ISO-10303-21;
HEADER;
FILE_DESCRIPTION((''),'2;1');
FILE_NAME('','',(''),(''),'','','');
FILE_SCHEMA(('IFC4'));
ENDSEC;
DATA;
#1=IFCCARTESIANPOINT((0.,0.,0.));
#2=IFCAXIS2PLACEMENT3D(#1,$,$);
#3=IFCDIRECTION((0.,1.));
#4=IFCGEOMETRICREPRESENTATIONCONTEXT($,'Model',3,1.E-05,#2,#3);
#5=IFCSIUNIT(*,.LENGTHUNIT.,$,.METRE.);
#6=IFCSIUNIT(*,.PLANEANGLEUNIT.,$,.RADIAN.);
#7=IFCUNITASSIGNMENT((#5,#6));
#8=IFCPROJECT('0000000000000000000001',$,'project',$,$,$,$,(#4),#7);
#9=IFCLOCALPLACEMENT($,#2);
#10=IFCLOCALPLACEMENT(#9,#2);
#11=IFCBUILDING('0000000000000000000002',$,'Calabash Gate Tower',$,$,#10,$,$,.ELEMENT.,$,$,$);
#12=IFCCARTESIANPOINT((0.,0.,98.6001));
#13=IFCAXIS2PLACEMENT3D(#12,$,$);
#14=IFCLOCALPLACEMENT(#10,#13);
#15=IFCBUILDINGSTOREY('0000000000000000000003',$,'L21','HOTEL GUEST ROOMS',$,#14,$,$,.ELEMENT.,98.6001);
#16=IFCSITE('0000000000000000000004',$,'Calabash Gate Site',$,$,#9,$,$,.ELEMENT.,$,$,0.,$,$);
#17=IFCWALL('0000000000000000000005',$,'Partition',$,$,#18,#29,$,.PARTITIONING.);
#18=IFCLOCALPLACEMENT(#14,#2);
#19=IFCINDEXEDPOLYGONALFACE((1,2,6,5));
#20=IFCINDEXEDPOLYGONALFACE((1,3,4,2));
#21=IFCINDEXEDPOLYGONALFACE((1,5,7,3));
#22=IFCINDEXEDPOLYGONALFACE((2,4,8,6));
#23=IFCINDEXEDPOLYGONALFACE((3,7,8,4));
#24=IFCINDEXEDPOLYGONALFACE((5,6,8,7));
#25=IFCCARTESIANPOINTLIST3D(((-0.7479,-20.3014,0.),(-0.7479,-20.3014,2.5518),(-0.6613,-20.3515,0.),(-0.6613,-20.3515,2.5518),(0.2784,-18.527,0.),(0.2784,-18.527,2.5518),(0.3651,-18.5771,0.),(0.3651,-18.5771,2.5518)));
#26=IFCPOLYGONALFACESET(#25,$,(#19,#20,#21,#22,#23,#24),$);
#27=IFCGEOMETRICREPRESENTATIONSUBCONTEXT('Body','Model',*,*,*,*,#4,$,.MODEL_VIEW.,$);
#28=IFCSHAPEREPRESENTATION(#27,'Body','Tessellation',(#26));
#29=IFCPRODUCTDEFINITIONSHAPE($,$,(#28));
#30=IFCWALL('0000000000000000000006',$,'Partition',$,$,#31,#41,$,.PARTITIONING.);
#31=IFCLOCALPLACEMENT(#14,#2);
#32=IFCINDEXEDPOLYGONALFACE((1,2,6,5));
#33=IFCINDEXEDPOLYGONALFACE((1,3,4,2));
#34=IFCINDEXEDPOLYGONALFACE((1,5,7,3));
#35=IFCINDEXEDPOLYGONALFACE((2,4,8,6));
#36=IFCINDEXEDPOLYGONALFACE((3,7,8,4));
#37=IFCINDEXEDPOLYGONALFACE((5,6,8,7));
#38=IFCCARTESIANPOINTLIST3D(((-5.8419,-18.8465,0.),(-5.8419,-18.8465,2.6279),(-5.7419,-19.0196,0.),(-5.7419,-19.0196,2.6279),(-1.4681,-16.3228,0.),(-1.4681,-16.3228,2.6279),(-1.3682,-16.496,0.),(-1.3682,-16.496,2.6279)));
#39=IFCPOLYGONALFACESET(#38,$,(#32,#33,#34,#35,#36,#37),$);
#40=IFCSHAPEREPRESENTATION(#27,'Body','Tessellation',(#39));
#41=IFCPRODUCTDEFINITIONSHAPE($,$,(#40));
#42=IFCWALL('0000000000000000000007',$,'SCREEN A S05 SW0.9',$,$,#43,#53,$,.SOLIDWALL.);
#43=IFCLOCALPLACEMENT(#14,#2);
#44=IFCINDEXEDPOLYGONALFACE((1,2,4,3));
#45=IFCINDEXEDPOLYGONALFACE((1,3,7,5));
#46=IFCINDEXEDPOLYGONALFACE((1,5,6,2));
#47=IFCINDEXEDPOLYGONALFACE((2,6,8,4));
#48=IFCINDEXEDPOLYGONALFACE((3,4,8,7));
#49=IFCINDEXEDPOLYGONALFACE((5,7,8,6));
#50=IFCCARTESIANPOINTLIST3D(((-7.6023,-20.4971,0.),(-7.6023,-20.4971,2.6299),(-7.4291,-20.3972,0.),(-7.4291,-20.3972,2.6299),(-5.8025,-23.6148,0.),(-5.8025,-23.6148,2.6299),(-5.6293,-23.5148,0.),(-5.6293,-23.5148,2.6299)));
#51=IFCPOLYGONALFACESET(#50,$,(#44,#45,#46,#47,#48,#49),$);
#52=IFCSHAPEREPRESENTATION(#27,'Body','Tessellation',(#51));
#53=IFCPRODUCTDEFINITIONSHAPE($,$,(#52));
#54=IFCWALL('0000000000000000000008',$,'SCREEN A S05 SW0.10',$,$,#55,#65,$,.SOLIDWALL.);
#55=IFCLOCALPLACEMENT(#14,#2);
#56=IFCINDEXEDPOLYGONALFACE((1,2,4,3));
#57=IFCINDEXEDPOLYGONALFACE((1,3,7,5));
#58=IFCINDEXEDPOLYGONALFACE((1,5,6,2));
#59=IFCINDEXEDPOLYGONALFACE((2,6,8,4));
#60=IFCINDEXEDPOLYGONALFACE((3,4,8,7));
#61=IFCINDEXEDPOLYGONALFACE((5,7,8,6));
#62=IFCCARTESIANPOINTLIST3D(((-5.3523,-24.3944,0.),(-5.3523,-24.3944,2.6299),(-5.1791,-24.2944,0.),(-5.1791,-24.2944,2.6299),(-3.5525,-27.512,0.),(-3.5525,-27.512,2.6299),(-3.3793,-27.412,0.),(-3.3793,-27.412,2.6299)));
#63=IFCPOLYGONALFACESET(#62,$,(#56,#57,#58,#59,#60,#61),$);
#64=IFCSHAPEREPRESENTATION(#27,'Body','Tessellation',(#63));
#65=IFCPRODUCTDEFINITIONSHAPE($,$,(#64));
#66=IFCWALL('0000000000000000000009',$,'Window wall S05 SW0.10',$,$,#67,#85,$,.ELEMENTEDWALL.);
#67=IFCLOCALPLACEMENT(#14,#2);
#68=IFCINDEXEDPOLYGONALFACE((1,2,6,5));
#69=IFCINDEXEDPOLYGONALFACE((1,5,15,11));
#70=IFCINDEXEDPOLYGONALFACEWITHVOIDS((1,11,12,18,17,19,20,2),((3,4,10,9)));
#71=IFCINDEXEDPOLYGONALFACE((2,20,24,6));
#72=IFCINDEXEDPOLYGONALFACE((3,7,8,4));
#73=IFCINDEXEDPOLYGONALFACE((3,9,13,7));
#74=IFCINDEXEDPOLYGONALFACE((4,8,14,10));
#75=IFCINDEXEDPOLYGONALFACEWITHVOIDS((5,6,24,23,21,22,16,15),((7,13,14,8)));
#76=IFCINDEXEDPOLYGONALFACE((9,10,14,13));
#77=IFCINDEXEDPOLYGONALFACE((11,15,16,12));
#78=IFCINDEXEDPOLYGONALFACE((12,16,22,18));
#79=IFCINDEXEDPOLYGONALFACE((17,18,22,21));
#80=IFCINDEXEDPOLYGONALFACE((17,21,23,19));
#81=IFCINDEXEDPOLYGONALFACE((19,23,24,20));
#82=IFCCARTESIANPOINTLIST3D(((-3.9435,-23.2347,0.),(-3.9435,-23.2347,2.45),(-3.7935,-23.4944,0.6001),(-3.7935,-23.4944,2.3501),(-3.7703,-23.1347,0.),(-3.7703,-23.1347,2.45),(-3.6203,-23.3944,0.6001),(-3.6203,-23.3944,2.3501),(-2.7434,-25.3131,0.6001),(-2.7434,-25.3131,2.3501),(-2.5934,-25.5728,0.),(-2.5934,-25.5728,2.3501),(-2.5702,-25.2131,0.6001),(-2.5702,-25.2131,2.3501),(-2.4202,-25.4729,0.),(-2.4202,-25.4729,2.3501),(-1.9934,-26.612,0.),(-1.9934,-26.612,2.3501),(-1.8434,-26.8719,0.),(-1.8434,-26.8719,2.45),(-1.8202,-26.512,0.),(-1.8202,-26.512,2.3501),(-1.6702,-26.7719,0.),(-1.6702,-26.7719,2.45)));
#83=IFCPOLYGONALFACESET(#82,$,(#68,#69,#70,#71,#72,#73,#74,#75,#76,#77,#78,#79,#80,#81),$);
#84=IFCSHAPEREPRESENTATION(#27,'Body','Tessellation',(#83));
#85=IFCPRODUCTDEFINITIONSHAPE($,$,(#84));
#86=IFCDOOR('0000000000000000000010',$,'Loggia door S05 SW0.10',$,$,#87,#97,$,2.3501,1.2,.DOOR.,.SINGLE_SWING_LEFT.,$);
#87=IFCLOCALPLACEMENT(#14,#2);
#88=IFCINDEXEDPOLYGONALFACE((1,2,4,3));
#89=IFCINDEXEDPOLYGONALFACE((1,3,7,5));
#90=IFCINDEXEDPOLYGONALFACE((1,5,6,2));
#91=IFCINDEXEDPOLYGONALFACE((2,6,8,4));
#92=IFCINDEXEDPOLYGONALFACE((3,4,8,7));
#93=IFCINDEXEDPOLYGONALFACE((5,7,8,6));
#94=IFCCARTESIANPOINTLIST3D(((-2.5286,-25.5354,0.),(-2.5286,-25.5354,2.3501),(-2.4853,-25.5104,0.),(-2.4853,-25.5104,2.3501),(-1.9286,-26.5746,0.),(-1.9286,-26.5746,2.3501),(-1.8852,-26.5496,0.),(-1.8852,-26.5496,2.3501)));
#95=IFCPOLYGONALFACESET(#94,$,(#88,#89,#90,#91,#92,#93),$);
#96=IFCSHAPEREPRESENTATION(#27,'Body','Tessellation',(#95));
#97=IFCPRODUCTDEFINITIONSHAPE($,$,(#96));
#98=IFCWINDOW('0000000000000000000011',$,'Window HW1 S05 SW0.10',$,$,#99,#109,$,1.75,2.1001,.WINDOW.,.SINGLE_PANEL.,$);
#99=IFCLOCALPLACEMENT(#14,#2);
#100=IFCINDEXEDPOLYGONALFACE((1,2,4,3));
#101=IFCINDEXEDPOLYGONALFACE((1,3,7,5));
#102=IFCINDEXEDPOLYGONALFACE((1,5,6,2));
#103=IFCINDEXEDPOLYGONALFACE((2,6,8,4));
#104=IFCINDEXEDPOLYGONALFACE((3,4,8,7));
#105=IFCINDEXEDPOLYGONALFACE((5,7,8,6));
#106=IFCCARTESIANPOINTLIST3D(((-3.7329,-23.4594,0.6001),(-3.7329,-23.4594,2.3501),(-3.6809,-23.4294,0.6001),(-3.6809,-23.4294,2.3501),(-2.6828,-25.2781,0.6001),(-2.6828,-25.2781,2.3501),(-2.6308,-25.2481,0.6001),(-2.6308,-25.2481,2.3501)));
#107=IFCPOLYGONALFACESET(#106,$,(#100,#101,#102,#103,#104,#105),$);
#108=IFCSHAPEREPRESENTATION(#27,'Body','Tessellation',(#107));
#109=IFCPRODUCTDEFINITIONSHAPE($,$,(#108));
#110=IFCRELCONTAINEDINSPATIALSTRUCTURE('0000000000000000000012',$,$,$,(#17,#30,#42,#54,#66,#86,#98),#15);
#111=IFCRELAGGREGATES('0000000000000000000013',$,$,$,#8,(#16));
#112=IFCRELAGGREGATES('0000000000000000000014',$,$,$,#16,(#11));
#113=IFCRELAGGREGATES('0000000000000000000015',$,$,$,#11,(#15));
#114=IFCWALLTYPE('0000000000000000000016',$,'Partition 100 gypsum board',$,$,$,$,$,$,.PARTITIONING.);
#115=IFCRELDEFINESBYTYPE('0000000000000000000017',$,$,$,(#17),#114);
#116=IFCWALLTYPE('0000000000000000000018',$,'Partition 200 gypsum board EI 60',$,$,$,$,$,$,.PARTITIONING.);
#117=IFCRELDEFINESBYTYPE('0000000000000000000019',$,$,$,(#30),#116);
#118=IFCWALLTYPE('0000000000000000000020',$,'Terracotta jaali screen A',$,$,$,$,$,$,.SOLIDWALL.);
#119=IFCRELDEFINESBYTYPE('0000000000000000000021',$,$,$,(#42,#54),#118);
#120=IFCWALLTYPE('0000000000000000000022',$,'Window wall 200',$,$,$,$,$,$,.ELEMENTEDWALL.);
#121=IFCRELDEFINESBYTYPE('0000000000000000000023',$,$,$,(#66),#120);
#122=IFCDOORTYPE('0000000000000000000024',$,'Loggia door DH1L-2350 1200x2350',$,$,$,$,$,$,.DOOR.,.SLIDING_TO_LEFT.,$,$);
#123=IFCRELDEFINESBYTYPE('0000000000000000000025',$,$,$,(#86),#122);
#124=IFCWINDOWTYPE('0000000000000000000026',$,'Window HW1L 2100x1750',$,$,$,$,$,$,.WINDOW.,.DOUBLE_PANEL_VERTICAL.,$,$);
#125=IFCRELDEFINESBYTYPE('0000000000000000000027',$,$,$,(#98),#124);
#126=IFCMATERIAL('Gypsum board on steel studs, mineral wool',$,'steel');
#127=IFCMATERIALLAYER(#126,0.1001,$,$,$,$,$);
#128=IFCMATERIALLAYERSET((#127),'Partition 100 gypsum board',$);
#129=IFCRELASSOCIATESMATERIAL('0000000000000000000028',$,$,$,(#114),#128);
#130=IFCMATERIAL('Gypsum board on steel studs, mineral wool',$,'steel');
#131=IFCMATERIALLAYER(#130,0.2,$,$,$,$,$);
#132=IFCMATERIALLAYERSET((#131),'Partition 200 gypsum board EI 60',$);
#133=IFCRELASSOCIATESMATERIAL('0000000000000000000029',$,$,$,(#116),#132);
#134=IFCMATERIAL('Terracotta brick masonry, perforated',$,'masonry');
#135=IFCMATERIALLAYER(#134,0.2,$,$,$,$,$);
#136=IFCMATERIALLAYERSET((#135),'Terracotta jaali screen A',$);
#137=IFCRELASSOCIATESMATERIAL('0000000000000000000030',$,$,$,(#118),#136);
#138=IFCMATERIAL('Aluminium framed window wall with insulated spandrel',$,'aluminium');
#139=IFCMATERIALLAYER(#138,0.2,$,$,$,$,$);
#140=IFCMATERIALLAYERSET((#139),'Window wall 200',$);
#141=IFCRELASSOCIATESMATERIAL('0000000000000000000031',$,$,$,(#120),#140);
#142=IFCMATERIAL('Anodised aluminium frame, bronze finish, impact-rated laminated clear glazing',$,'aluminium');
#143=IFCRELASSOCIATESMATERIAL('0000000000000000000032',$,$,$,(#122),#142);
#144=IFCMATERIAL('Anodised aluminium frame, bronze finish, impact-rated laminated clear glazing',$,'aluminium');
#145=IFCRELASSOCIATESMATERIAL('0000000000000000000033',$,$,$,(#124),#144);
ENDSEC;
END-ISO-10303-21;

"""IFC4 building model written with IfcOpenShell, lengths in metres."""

from ifc_helpers import new_model, si_unit, direction, frame, frame_2d, origin, place, context, subcontext, project, spatial, rectangle, extrude, material, layer, layer_set, type_object, element, fill, save


model = new_model("IFC4")

# Units and contexts
model_context = context("Model", 3, precision=1e-05, world=origin(), true_north=direction((0.0, 1.0)))
body_context = subcontext(model_context, "Body", "Model", "MODEL_VIEW")
ifc_project = project(units=[si_unit("LENGTHUNIT", "METRE"), si_unit("PLANEANGLEUNIT", "RADIAN")], contexts=[model_context])

# Site, building, storey
site_placement = place(None, origin())
site = spatial("IfcSite", under=ifc_project, at=site_placement, Name="Calabash Gate Site", CompositionType="ELEMENT", RefElevation=0.0)
building_placement = place(site_placement, origin())
building = spatial("IfcBuilding", under=site, at=building_placement, Name="Calabash Gate Tower", CompositionType="ELEMENT")
storey_placement = place(building_placement, frame((0.0, 0.0, 98.6001)))
storey = spatial("IfcBuildingStorey", under=building, at=storey_placement, Name="L21", Description="HOTEL GUEST ROOMS", CompositionType="ELEMENT", Elevation=98.6001)

# Shared definitions
ifc_material_1 = material(Name="Gypsum board on steel studs, mineral wool", Category="steel")
ifc_layer_1 = layer(ifc_material_1, 0.1001)
ifc_layer_set_1 = layer_set([ifc_layer_1], Name="Partition 100 gypsum board")
wall_type_1 = type_object("IfcWallType", Name="Partition 100 gypsum board", PredefinedType="PARTITIONING", material=ifc_layer_set_1)

# Walls
wall_1_placement = place(storey_placement, frame((-0.7046, -20.3264, 0.0), z_axis=(0.0, 0.0, 1.0), x_axis=(0.500698, 0.865622, 0.0)))
element("IfcWall", 1, at=wall_1_placement, inside=storey, type_object=wall_type_1, Name="Partition", PredefinedType="PARTITIONING", context=body_context, shape_type="SweptSolid", body=[
    extrude(rectangle(XDim=2.0498, YDim=0.1001, at=frame_2d((1.0249, 0.0))), origin(), (0.0, 0.0, 1.0), 2.5518),
])
ifc_material_2 = material(Name="Gypsum board on steel studs, mineral wool", Category="steel")
ifc_layer_2 = layer(ifc_material_2, 0.2)
ifc_layer_set_2 = layer_set([ifc_layer_2], Name="Partition 200 gypsum board EI 60")
wall_type_2 = type_object("IfcWallType", Name="Partition 200 gypsum board EI 60", PredefinedType="PARTITIONING", material=ifc_layer_set_2)
wall_2_placement = place(storey_placement, frame((-5.792, -18.9331, 0.0), z_axis=(0.0, 0.0, 1.0), x_axis=(0.866156, 0.499774, 0.0)))
element("IfcWall", 2, at=wall_2_placement, inside=storey, type_object=wall_type_2, Name="Partition", PredefinedType="PARTITIONING", context=body_context, shape_type="SweptSolid", body=[
    extrude(rectangle(XDim=5.0496, YDim=0.2, at=frame_2d((2.5249, 0.0))), origin(), (0.0, 0.0, 1.0), 2.6279),
])
ifc_material_3 = material(Name="Terracotta brick masonry, perforated", Category="masonry")
ifc_layer_3 = layer(ifc_material_3, 0.2)
ifc_layer_set_3 = layer_set([ifc_layer_3], Name="Terracotta jaali screen A")
wall_type_3 = type_object("IfcWallType", Name="Terracotta jaali screen A", PredefinedType="SOLIDWALL", material=ifc_layer_set_3)
for number, where, z_axis, x_axis, name in (
    (3, (-7.5156, -20.4473, 0.0), (0.0, 0.0, 1.0), (0.499961, -0.866048, 0.0), "SCREEN A S05 SW0.9"),
    (4, (-5.2656, -24.3445, 0.0), (0.0, 0.0, 1.0), (0.499961, -0.866048, 0.0), "SCREEN A S05 SW0.10"),
):
    element("IfcWall", number, at=place(storey_placement, frame(where, z_axis=z_axis, x_axis=x_axis)), inside=storey, type_object=wall_type_3, Name=name, PredefinedType="SOLIDWALL", context=body_context, shape_type="SweptSolid", body=[
        extrude(rectangle(XDim=3.5999, YDim=0.2, at=frame_2d((1.7998, 0.0))), origin(), (0.0, 0.0, 1.0), 2.6299),
    ])

# Wall, openings, door, window
ifc_material_4 = material(Name="Aluminium framed window wall with insulated spandrel", Category="aluminium")
ifc_layer_4 = layer(ifc_material_4, 0.2)
ifc_layer_set_4 = layer_set([ifc_layer_4], Name="Window wall 200")
wall_type_4 = type_object("IfcWallType", Name="Window wall 200", PredefinedType="ELEMENTEDWALL", material=ifc_layer_set_4)
wall_3_placement = place(storey_placement, frame((-3.8569, -23.1846, 0.0), z_axis=(0.0, 0.0, 1.0), x_axis=(0.500028, -0.866009, 0.0)))
wall_3 = element("IfcWall", 5, at=wall_3_placement, inside=storey, type_object=wall_type_4, Name="Window wall S05 SW0.10", PredefinedType="ELEMENTEDWALL", context=body_context, shape_type="SweptSolid", body=[
    extrude(rectangle(XDim=4.2, YDim=0.2, at=frame_2d((2.1001, 0.0))), origin(), (0.0, 0.0, 1.0), 2.45),
])
opening_1_placement = place(wall_3_placement, frame((0.3, 0.0, 0.6001)))
opening_1 = element("IfcOpeningElement", 6, at=opening_1_placement, cuts=wall_3, PredefinedType="OPENING", context=body_context, shape_type="SweptSolid", body=[
    extrude(rectangle(XDim=2.1001, YDim=1.75, at=frame_2d((1.05, 0.875))), frame((0.0, 0.1099, 0.0), z_axis=(0.0, -1.0, 0.0), x_axis=(1.0, 0.0, 0.0)), (0.0, 0.0, 1.0), 0.22),
])
opening_2_placement = place(wall_3_placement, frame((2.7, 0.0, 0.0)))
opening_2 = element("IfcOpeningElement", 7, at=opening_2_placement, cuts=wall_3, PredefinedType="OPENING", context=body_context, shape_type="SweptSolid", body=[
    extrude(rectangle(XDim=1.2, YDim=2.3501, at=frame_2d((0.6001, 1.175))), frame((0.0, 0.1099, 0.0), z_axis=(0.0, -1.0, 0.0), x_axis=(1.0, 0.0, 0.0)), (0.0, 0.0, 1.0), 0.22),
])
ifc_material_5 = material(Name="Anodised aluminium frame, bronze finish, impact-rated laminated clear glazing", Category="aluminium")
door_type_1 = type_object("IfcDoorType", Name="Loggia door DH1L-2350 1200x2350", OperationType="SLIDING_TO_LEFT", PredefinedType="DOOR", material=ifc_material_5)
door_1_placement = place(opening_2_placement, origin())
door_1 = element("IfcDoor", 8, at=door_1_placement, inside=storey, type_object=door_type_1, Name="Loggia door S05 SW0.10", OperationType="SINGLE_SWING_LEFT", OverallHeight=2.3501, OverallWidth=1.2, PredefinedType="DOOR", context=body_context, shape_type="SweptSolid", body=[
    extrude(rectangle(XDim=1.2, YDim=2.3501, at=frame_2d((0.6001, 1.175))), frame((0.0, 0.0249, 0.0), z_axis=(0.0, -1.0, 0.0), x_axis=(1.0, 0.0, 0.0)), (0.0, 0.0, 1.0), 0.05),
])
fill(opening_2, door_1)
ifc_material_6 = material(Name="Anodised aluminium frame, bronze finish, impact-rated laminated clear glazing", Category="aluminium")
window_type_1 = type_object("IfcWindowType", Name="Window HW1L 2100x1750", PartitioningType="DOUBLE_PANEL_VERTICAL", PredefinedType="WINDOW", material=ifc_material_6)
window_1_placement = place(opening_1_placement, origin())
window_1 = element("IfcWindow", 9, at=window_1_placement, inside=storey, type_object=window_type_1, Name="Window HW1 S05 SW0.10", OverallHeight=1.75, OverallWidth=2.1001, PartitioningType="SINGLE_PANEL", PredefinedType="WINDOW", context=body_context, shape_type="SweptSolid", body=[
    extrude(rectangle(XDim=2.1001, YDim=1.75, at=frame_2d((1.05, 0.875))), frame((0.0, 0.03, 0.0), z_axis=(0.0, -1.0, 0.0), x_axis=(1.0, 0.0, 0.0)), (0.0, 0.0, 1.0), 0.0601),
])
fill(opening_1, window_1)

save(model, "model.ifc")
